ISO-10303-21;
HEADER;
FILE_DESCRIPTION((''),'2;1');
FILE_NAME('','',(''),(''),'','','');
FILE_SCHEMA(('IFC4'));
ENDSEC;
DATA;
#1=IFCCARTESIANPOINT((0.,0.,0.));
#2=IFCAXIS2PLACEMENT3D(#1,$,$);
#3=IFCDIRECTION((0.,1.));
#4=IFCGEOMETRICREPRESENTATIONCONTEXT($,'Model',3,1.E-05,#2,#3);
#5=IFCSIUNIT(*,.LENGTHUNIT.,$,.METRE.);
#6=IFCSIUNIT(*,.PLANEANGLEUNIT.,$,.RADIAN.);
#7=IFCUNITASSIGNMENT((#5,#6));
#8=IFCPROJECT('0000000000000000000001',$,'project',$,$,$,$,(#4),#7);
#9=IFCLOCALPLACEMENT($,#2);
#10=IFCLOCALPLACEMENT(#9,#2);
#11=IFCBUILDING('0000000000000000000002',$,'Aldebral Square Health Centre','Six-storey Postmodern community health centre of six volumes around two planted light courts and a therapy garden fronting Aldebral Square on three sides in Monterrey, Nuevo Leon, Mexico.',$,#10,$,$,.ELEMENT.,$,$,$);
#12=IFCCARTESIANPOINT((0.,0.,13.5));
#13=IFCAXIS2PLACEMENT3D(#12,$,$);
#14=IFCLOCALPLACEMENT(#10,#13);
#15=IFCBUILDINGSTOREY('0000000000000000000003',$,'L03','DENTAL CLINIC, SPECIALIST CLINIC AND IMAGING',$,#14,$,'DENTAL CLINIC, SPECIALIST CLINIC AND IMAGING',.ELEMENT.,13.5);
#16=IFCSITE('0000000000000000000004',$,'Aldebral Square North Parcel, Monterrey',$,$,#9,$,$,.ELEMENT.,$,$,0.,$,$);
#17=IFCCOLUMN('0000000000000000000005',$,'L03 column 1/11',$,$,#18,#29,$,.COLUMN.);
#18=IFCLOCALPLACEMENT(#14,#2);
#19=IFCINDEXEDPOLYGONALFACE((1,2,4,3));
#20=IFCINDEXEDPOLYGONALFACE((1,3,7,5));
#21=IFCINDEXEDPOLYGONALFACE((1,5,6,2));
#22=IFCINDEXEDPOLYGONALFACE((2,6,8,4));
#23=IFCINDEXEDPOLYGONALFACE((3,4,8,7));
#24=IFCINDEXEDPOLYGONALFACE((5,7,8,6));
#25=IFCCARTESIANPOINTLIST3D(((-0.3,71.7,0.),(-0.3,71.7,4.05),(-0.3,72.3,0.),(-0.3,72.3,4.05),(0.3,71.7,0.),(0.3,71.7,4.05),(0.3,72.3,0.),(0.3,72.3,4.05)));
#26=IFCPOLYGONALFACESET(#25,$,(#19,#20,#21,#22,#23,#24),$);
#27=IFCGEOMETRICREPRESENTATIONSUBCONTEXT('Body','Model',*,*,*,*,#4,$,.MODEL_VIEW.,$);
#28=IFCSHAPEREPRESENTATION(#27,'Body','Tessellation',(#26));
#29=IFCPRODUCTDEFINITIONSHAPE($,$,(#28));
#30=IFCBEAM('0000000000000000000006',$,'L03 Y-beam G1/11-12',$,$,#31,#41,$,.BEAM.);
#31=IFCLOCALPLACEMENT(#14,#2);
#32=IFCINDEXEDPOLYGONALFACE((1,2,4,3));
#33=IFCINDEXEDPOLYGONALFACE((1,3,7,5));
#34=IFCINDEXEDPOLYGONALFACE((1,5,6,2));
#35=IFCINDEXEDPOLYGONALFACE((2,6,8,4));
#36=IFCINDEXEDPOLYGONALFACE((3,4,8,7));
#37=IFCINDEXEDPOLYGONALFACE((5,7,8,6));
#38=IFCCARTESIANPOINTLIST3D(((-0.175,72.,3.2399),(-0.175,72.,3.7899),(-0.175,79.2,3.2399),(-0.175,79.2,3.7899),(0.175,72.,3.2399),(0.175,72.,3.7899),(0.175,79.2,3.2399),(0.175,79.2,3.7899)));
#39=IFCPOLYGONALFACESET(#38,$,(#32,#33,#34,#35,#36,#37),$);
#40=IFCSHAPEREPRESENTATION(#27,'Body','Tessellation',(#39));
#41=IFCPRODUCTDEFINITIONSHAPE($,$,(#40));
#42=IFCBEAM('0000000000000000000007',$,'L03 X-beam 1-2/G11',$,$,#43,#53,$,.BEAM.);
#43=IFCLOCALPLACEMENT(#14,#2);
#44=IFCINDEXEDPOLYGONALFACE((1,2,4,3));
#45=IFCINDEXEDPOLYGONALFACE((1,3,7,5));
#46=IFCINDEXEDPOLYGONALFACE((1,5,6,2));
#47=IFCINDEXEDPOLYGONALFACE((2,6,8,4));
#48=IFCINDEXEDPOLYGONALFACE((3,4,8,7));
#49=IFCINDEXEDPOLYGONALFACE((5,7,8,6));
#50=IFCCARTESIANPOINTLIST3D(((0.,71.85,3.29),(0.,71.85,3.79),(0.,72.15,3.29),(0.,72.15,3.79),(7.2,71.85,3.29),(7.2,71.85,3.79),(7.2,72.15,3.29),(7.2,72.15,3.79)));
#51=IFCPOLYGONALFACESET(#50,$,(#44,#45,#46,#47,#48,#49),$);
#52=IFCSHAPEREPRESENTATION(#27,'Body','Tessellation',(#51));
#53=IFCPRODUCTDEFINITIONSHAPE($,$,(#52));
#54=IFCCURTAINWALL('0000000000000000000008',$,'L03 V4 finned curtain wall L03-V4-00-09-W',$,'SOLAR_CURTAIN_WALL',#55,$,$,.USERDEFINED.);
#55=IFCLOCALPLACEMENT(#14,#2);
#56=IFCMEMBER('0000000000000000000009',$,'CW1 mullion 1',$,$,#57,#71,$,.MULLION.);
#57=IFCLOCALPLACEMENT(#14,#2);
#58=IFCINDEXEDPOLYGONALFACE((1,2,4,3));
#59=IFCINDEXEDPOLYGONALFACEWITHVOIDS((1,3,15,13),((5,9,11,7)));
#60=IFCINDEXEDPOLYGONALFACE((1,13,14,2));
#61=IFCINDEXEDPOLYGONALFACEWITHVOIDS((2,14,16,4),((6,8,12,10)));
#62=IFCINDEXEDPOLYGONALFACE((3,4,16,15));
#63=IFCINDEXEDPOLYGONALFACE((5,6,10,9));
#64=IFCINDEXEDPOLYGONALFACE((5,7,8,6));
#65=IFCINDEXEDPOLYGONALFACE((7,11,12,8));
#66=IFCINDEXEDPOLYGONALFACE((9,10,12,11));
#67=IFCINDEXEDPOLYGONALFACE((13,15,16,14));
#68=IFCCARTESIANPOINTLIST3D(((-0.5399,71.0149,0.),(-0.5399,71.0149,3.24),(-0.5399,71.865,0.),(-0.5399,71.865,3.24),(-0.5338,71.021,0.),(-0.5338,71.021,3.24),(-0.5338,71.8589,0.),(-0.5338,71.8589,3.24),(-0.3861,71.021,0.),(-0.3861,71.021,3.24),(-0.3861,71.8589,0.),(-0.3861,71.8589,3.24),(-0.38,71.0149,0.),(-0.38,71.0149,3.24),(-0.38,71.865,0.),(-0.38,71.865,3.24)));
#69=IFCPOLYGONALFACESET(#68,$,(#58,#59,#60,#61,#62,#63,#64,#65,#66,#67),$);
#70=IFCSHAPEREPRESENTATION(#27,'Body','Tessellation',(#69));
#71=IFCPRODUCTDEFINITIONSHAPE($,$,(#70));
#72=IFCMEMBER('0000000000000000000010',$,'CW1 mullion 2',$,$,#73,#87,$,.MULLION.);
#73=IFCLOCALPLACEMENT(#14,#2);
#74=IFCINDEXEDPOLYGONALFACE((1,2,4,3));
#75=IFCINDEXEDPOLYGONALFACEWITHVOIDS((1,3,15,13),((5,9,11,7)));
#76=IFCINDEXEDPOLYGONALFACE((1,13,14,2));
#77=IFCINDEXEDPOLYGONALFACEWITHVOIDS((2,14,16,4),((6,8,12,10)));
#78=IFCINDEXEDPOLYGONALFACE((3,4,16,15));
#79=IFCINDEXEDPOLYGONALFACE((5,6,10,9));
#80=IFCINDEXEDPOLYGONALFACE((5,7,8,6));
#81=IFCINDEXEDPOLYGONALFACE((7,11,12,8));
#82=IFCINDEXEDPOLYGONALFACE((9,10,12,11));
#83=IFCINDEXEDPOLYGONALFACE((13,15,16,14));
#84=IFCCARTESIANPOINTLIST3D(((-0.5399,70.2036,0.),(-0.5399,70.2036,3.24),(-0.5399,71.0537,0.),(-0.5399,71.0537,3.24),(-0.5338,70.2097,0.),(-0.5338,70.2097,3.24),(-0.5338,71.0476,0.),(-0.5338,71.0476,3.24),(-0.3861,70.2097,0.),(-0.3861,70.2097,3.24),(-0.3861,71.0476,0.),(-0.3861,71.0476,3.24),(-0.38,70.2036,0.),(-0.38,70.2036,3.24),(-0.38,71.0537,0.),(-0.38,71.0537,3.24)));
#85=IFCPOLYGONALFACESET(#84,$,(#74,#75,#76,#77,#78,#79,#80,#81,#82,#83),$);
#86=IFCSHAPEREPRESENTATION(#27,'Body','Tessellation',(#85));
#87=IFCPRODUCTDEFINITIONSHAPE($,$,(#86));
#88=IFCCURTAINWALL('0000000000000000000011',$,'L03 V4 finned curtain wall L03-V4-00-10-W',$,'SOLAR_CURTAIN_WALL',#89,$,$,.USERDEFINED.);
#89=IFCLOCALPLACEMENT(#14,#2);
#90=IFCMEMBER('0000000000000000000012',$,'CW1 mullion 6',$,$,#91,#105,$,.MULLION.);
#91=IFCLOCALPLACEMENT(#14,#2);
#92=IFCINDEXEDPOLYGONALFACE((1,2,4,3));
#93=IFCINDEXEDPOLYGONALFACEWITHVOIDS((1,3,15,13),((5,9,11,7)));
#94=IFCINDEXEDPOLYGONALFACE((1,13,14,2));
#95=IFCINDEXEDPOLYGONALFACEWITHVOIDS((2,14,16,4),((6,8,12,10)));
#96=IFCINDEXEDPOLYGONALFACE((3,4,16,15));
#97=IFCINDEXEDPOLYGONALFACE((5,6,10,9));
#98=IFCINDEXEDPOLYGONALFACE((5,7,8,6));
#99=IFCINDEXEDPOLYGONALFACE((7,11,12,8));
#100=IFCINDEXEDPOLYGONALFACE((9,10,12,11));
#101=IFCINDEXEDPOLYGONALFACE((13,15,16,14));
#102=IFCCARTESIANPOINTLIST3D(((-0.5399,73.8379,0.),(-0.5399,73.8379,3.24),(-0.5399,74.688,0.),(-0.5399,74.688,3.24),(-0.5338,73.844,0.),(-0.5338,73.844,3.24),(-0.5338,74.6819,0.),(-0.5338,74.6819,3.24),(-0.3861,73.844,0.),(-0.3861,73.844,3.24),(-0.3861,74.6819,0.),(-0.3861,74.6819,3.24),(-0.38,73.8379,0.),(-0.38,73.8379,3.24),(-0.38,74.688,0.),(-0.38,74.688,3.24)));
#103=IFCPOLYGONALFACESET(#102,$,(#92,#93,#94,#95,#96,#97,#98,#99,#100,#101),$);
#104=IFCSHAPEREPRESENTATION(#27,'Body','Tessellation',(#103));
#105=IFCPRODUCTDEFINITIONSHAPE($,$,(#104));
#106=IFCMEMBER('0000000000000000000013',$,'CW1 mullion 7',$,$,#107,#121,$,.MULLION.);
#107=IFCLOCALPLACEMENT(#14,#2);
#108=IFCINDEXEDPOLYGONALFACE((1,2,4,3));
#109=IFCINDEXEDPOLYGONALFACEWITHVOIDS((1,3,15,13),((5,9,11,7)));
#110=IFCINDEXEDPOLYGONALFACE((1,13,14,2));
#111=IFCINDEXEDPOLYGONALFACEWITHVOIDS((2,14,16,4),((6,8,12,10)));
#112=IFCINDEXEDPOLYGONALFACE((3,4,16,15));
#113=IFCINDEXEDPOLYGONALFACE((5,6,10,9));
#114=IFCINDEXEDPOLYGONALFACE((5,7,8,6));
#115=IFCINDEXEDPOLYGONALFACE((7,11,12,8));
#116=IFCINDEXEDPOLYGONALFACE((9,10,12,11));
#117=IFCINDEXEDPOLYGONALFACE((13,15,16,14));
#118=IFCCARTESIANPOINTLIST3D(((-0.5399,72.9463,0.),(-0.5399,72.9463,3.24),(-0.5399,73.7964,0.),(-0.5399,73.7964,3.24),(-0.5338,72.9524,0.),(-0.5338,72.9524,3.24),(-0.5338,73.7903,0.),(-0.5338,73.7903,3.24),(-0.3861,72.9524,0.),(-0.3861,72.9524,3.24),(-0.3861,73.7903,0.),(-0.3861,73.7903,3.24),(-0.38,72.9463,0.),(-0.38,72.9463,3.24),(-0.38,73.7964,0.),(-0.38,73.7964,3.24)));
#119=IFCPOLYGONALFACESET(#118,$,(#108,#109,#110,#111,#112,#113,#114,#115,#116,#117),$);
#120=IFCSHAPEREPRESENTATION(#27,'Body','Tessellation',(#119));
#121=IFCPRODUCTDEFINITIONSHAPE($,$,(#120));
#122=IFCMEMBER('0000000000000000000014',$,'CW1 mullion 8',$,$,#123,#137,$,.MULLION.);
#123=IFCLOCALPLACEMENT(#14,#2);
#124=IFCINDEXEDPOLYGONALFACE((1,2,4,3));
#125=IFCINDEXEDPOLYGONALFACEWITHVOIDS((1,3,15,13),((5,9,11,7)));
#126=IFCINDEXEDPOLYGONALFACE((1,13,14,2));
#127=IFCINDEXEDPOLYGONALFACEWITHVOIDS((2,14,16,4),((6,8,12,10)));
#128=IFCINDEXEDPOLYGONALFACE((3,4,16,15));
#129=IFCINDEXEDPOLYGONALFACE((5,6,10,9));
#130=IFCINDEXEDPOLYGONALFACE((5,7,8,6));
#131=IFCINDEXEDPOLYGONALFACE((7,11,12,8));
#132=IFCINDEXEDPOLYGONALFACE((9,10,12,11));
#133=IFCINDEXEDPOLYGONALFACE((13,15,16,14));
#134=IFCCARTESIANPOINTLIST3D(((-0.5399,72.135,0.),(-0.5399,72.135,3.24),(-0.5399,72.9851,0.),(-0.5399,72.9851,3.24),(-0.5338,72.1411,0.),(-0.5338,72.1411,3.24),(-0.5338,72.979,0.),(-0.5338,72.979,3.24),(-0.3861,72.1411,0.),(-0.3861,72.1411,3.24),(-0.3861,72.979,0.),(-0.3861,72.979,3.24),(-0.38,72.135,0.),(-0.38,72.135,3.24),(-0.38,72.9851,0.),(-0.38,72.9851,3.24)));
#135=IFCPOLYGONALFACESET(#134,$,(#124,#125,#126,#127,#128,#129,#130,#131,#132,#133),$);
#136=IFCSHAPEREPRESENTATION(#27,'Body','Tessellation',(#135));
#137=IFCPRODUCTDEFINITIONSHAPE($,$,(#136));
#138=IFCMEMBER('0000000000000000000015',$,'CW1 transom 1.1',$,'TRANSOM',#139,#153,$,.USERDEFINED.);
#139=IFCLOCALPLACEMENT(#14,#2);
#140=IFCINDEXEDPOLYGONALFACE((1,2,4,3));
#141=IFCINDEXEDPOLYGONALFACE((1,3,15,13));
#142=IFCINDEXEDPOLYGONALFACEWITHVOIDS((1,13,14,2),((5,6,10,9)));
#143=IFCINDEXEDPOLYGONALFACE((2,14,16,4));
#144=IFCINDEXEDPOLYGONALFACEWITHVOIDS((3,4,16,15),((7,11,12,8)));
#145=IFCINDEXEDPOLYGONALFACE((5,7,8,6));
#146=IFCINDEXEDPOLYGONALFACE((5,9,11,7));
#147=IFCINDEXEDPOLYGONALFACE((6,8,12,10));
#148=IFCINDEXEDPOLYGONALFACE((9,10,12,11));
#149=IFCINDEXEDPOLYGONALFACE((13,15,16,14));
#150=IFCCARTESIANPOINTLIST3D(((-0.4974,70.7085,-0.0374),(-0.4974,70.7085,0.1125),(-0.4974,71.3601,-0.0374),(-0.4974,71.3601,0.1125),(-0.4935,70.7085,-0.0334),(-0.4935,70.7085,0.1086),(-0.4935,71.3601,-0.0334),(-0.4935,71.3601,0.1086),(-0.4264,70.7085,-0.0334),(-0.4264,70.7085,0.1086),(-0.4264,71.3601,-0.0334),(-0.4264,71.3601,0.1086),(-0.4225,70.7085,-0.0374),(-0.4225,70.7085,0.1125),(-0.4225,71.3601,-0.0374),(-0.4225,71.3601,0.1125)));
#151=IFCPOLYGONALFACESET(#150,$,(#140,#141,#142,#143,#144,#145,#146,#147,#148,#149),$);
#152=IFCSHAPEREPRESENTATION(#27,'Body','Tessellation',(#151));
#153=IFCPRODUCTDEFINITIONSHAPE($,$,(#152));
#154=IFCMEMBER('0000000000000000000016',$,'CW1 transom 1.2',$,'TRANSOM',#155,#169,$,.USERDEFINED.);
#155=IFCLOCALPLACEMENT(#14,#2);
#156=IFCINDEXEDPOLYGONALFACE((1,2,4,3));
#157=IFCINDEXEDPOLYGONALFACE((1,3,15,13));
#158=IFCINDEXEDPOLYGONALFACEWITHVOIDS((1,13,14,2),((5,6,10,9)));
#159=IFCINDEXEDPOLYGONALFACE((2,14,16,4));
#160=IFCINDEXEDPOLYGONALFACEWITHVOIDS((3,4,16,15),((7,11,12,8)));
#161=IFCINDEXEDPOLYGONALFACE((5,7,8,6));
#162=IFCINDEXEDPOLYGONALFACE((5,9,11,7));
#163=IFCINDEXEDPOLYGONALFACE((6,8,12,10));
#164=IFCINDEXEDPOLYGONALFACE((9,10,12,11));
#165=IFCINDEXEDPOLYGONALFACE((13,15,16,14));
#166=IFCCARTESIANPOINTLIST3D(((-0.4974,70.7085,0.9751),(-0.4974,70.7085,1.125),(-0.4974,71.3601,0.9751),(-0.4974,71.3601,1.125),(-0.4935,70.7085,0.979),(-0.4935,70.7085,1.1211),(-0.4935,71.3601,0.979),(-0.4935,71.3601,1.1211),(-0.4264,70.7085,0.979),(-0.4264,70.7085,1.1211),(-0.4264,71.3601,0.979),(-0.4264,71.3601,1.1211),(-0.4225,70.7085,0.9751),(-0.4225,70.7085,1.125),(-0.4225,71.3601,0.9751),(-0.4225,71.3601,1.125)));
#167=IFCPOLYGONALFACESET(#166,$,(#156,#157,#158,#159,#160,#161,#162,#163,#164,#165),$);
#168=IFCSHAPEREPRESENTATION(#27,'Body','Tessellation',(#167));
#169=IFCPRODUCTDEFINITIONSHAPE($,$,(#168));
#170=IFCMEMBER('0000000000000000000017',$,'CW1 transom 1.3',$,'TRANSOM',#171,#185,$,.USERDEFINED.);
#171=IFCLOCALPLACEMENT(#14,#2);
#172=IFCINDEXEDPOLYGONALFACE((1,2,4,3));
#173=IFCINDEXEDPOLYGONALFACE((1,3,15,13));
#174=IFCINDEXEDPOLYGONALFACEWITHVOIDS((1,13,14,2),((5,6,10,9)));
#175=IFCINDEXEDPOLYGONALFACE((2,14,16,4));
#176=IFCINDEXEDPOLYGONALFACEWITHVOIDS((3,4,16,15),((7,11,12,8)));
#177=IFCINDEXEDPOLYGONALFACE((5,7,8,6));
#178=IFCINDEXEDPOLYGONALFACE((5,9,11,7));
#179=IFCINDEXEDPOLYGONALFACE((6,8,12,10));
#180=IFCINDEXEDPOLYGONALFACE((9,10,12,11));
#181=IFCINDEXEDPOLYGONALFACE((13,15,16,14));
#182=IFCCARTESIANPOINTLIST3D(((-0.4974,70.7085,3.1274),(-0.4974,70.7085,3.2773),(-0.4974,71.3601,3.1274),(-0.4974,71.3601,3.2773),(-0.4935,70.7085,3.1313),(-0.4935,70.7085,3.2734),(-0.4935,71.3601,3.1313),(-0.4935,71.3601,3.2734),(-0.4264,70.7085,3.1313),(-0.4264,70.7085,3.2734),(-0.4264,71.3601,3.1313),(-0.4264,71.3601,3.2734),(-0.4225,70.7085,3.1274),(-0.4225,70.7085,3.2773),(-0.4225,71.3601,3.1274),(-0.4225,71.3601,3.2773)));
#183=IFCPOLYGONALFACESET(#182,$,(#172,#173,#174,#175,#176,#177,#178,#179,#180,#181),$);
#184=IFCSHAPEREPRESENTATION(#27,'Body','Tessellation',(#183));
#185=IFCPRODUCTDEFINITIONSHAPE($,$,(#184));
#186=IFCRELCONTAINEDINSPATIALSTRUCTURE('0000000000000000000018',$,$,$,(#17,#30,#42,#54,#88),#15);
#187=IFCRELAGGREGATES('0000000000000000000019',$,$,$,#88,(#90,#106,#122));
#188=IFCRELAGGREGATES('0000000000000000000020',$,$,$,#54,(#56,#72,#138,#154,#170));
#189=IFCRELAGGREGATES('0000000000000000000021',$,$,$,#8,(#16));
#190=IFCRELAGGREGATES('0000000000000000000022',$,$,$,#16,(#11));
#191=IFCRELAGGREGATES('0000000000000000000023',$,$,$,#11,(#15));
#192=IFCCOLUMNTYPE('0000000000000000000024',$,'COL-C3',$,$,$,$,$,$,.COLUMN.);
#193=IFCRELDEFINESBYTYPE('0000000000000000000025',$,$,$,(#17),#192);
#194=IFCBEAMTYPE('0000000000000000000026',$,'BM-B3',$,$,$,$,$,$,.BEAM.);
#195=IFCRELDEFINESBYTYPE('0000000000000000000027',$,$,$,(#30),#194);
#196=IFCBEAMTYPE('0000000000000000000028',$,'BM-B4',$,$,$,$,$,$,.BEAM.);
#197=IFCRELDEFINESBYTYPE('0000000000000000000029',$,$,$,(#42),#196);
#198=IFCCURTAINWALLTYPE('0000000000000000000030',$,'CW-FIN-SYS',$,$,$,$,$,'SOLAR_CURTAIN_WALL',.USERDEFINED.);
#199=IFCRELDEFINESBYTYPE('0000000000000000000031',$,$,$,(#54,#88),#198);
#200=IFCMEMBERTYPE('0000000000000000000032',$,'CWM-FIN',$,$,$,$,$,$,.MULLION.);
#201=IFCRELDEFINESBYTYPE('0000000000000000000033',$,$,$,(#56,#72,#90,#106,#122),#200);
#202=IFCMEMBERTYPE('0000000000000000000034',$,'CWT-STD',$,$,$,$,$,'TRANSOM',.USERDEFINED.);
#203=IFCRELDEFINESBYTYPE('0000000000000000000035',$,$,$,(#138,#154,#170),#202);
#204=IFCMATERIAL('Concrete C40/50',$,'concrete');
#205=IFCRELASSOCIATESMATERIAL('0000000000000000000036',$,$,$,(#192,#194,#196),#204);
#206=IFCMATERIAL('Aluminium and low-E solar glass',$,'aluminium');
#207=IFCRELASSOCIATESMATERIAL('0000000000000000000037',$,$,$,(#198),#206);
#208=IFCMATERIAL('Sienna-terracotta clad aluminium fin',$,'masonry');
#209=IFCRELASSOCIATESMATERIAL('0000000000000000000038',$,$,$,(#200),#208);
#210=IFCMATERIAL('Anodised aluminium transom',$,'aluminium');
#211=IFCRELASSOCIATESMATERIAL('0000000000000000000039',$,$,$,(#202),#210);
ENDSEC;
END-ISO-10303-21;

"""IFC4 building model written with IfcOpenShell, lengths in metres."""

from ifc_helpers import new_model, si_unit, direction, frame, origin, origin_2d, place, context, subcontext, project, spatial, rectangle, hollow_rectangle, extrude, material, material_profile, profile_set, type_object, element, aggregate, save


model = new_model("IFC4")

# Units and contexts
model_context = context("Model", 3, precision=1e-05, world=origin(), true_north=direction((0.0, 1.0)))
body_context = subcontext(model_context, "Body", "Model", "MODEL_VIEW")
ifc_project = project(units=[si_unit("LENGTHUNIT", "METRE"), si_unit("PLANEANGLEUNIT", "RADIAN")], contexts=[model_context])

# Site, building, storey
site_placement = place(None, origin())
site = spatial("IfcSite", under=ifc_project, at=site_placement, Name="Aldebral Square North Parcel, Monterrey", CompositionType="ELEMENT", RefElevation=0.0)
building_placement = place(site_placement, origin())
building = spatial("IfcBuilding", under=site, at=building_placement, Name="Aldebral Square Health Centre", Description="Six-storey Postmodern community health centre of six volumes around two planted light courts and a therapy garden fronting Aldebral Square on three sides in Monterrey, Nuevo Leon, Mexico.", CompositionType="ELEMENT")
storey_placement = place(building_placement, frame((0.0, 0.0, 13.5)))
storey = spatial("IfcBuildingStorey", under=building, at=storey_placement, Name="L03", Description="DENTAL CLINIC, SPECIALIST CLINIC AND IMAGING", LongName="DENTAL CLINIC, SPECIALIST CLINIC AND IMAGING", CompositionType="ELEMENT", Elevation=13.5)

# Column
ifc_material_1 = material(Name="Concrete C40/50", Category="concrete")
ifc_material_profile_1 = material_profile(ifc_material_1, rectangle(XDim=0.6001, YDim=0.6001, at=origin_2d()), Name="RC 600x600")
ifc_profile_set_1 = profile_set([ifc_material_profile_1], Name="Concrete C40/50")
column_type = type_object("IfcColumnType", Name="COL-C3", PredefinedType="COLUMN", material=ifc_profile_set_1)
column_placement = place(storey_placement, frame((0.0, 72.0, 0.0), z_axis=(0.0, 0.0, 1.0), x_axis=(1.0, 0.0, 0.0)))
element("IfcColumn", 1, at=column_placement, inside=storey, type_object=column_type, Name="L03 column 1/11", PredefinedType="COLUMN", context=body_context, shape_type="SweptSolid", body=[
    extrude(rectangle(XDim=0.6001, YDim=0.6001, at=origin_2d()), origin(), (0.0, 0.0, 1.0), 4.05),
])

# Beams
ifc_material_profile_2 = material_profile(ifc_material_1, rectangle(XDim=0.3501, YDim=0.55, at=origin_2d()), Name="RC 350x550")
ifc_profile_set_2 = profile_set([ifc_material_profile_2], Name="Concrete C40/50")
beam_type_1 = type_object("IfcBeamType", Name="BM-B3", PredefinedType="BEAM", material=ifc_profile_set_2)
beam_1_placement = place(storey_placement, frame((0.0, 72.0, 3.5149), z_axis=(0.0, 1.0, 0.0), x_axis=(-1.0, 0.0, 0.0)))
element("IfcBeam", 2, at=beam_1_placement, inside=storey, type_object=beam_type_1, Name="L03 Y-beam G1/11-12", PredefinedType="BEAM", context=body_context, shape_type="SweptSolid", body=[
    extrude(rectangle(XDim=0.3501, YDim=0.55, at=origin_2d()), origin(), (0.0, 0.0, 1.0), 7.2),
])
ifc_material_profile_3 = material_profile(ifc_material_1, rectangle(XDim=0.3, YDim=0.5, at=origin_2d()), Name="RC 300x500")
ifc_profile_set_3 = profile_set([ifc_material_profile_3], Name="Concrete C40/50")
beam_type_2 = type_object("IfcBeamType", Name="BM-B4", PredefinedType="BEAM", material=ifc_profile_set_3)
beam_2_placement = place(storey_placement, frame((0.0, 72.0, 3.54), z_axis=(1.0, 0.0, 0.0), x_axis=(0.0, 1.0, 0.0)))
element("IfcBeam", 3, at=beam_2_placement, inside=storey, type_object=beam_type_2, Name="L03 X-beam 1-2/G11", PredefinedType="BEAM", context=body_context, shape_type="SweptSolid", body=[
    extrude(rectangle(XDim=0.3, YDim=0.5, at=origin_2d()), origin(), (0.0, 0.0, 1.0), 7.2),
])

# Curtain walls, members
ifc_material_2 = material(Name="Aluminium and low-E solar glass", Category="aluminium")
curtain_wall_type = type_object("IfcCurtainWallType", Name="CW-FIN-SYS", ElementType="SOLAR_CURTAIN_WALL", PredefinedType="USERDEFINED", material=ifc_material_2)
curtain_wall_1_placement = place(storey_placement, origin())
curtain_wall_1 = element("IfcCurtainWall", 4, at=curtain_wall_1_placement, inside=storey, type_object=curtain_wall_type, Name="L03 V4 finned curtain wall L03-V4-00-09-W", ObjectType="SOLAR_CURTAIN_WALL", PredefinedType="USERDEFINED")
ifc_material_3 = material(Name="Sienna-terracotta clad aluminium fin", Category="masonry")
ifc_material_profile_4 = material_profile(ifc_material_3, hollow_rectangle(XDim=0.1599, YDim=0.8501, WallThickness=0.0061, at=origin_2d()), Name="FIN 160x850x6")
ifc_profile_set_4 = profile_set([ifc_material_profile_4], Name="Sienna-terracotta clad aluminium fin")
member_type_1 = type_object("IfcMemberType", Name="CWM-FIN", PredefinedType="MULLION", material=ifc_profile_set_4)
member_1_placement = place(storey_placement, frame((-0.46, 71.4399, 0.0), z_axis=(0.0, 0.0, 1.0), x_axis=(1.0, 0.0, 0.0)))
member_1 = element("IfcMember", 5, at=member_1_placement, type_object=member_type_1, Name="CW1 mullion 1", PredefinedType="MULLION", context=body_context, shape_type="SweptSolid", body=[
    extrude(hollow_rectangle(XDim=0.1599, YDim=0.8501, WallThickness=0.0061, at=origin_2d()), origin(), (0.0, 0.0, 1.0), 3.24),
])
member_2_placement = place(storey_placement, frame((-0.46, 70.6287, 0.0), z_axis=(0.0, 0.0, 1.0), x_axis=(1.0, 0.0, 0.0)))
member_2 = element("IfcMember", 6, at=member_2_placement, type_object=member_type_1, Name="CW1 mullion 2", PredefinedType="MULLION", context=body_context, shape_type="SweptSolid", body=[
    extrude(hollow_rectangle(XDim=0.1599, YDim=0.8501, WallThickness=0.0061, at=origin_2d()), origin(), (0.0, 0.0, 1.0), 3.24),
])
curtain_wall_2_placement = place(storey_placement, origin())
curtain_wall_2 = element("IfcCurtainWall", 7, at=curtain_wall_2_placement, inside=storey, type_object=curtain_wall_type, Name="L03 V4 finned curtain wall L03-V4-00-10-W", ObjectType="SOLAR_CURTAIN_WALL", PredefinedType="USERDEFINED")
member_3_placement = place(storey_placement, frame((-0.46, 74.2629, 0.0), z_axis=(0.0, 0.0, 1.0), x_axis=(1.0, 0.0, 0.0)))
member_3 = element("IfcMember", 8, at=member_3_placement, type_object=member_type_1, Name="CW1 mullion 6", PredefinedType="MULLION", context=body_context, shape_type="SweptSolid", body=[
    extrude(hollow_rectangle(XDim=0.1599, YDim=0.8501, WallThickness=0.0061, at=origin_2d()), origin(), (0.0, 0.0, 1.0), 3.24),
])
member_4_placement = place(storey_placement, frame((-0.46, 73.3713, 0.0), z_axis=(0.0, 0.0, 1.0), x_axis=(1.0, 0.0, 0.0)))
member_4 = element("IfcMember", 9, at=member_4_placement, type_object=member_type_1, Name="CW1 mullion 7", PredefinedType="MULLION", context=body_context, shape_type="SweptSolid", body=[
    extrude(hollow_rectangle(XDim=0.1599, YDim=0.8501, WallThickness=0.0061, at=origin_2d()), origin(), (0.0, 0.0, 1.0), 3.24),
])
member_5_placement = place(storey_placement, frame((-0.46, 72.5601, 0.0), z_axis=(0.0, 0.0, 1.0), x_axis=(1.0, 0.0, 0.0)))
member_5 = element("IfcMember", 10, at=member_5_placement, type_object=member_type_1, Name="CW1 mullion 8", PredefinedType="MULLION", context=body_context, shape_type="SweptSolid", body=[
    extrude(hollow_rectangle(XDim=0.1599, YDim=0.8501, WallThickness=0.0061, at=origin_2d()), origin(), (0.0, 0.0, 1.0), 3.24),
])

# Members
ifc_material_4 = material(Name="Anodised aluminium transom", Category="aluminium")
ifc_material_profile_5 = material_profile(ifc_material_4, hollow_rectangle(XDim=0.075, YDim=0.1499, WallThickness=0.0039, at=origin_2d()), Name="CWT 75x150x4")
ifc_profile_set_5 = profile_set([ifc_material_profile_5], Name="Anodised aluminium transom")
member_type_2 = type_object("IfcMemberType", Name="CWT-STD", ElementType="TRANSOM", PredefinedType="USERDEFINED", material=ifc_profile_set_5)
member_6_placement = place(storey_placement, frame((-0.46, 71.3601, 0.0376), z_axis=(0.0, -1.0, 0.0), x_axis=(1.0, 0.0, 0.0)))
member_6 = element("IfcMember", 11, at=member_6_placement, type_object=member_type_2, Name="CW1 transom 1.1", ObjectType="TRANSOM", PredefinedType="USERDEFINED", context=body_context, shape_type="SweptSolid", body=[
    extrude(hollow_rectangle(XDim=0.075, YDim=0.1499, WallThickness=0.0039, at=origin_2d()), origin(), (0.0, 0.0, 1.0), 0.6516),
])
member_7_placement = place(storey_placement, frame((-0.46, 71.3601, 1.05), z_axis=(0.0, -1.0, 0.0), x_axis=(1.0, 0.0, 0.0)))
member_7 = element("IfcMember", 12, at=member_7_placement, type_object=member_type_2, Name="CW1 transom 1.2", ObjectType="TRANSOM", PredefinedType="USERDEFINED", context=body_context, shape_type="SweptSolid", body=[
    extrude(hollow_rectangle(XDim=0.075, YDim=0.1499, WallThickness=0.0039, at=origin_2d()), origin(), (0.0, 0.0, 1.0), 0.6516),
])
member_8_placement = place(storey_placement, frame((-0.46, 71.3601, 3.2024), z_axis=(0.0, -1.0, 0.0), x_axis=(1.0, 0.0, 0.0)))
member_8 = element("IfcMember", 13, at=member_8_placement, type_object=member_type_2, Name="CW1 transom 1.3", ObjectType="TRANSOM", PredefinedType="USERDEFINED", context=body_context, shape_type="SweptSolid", body=[
    extrude(hollow_rectangle(XDim=0.075, YDim=0.1499, WallThickness=0.0039, at=origin_2d()), origin(), (0.0, 0.0, 1.0), 0.6516),
])

aggregate(curtain_wall_2, [member_3, member_4, member_5])
aggregate(curtain_wall_1, [member_1, member_2, member_6, member_7, member_8])

save(model, "model.ifc")
